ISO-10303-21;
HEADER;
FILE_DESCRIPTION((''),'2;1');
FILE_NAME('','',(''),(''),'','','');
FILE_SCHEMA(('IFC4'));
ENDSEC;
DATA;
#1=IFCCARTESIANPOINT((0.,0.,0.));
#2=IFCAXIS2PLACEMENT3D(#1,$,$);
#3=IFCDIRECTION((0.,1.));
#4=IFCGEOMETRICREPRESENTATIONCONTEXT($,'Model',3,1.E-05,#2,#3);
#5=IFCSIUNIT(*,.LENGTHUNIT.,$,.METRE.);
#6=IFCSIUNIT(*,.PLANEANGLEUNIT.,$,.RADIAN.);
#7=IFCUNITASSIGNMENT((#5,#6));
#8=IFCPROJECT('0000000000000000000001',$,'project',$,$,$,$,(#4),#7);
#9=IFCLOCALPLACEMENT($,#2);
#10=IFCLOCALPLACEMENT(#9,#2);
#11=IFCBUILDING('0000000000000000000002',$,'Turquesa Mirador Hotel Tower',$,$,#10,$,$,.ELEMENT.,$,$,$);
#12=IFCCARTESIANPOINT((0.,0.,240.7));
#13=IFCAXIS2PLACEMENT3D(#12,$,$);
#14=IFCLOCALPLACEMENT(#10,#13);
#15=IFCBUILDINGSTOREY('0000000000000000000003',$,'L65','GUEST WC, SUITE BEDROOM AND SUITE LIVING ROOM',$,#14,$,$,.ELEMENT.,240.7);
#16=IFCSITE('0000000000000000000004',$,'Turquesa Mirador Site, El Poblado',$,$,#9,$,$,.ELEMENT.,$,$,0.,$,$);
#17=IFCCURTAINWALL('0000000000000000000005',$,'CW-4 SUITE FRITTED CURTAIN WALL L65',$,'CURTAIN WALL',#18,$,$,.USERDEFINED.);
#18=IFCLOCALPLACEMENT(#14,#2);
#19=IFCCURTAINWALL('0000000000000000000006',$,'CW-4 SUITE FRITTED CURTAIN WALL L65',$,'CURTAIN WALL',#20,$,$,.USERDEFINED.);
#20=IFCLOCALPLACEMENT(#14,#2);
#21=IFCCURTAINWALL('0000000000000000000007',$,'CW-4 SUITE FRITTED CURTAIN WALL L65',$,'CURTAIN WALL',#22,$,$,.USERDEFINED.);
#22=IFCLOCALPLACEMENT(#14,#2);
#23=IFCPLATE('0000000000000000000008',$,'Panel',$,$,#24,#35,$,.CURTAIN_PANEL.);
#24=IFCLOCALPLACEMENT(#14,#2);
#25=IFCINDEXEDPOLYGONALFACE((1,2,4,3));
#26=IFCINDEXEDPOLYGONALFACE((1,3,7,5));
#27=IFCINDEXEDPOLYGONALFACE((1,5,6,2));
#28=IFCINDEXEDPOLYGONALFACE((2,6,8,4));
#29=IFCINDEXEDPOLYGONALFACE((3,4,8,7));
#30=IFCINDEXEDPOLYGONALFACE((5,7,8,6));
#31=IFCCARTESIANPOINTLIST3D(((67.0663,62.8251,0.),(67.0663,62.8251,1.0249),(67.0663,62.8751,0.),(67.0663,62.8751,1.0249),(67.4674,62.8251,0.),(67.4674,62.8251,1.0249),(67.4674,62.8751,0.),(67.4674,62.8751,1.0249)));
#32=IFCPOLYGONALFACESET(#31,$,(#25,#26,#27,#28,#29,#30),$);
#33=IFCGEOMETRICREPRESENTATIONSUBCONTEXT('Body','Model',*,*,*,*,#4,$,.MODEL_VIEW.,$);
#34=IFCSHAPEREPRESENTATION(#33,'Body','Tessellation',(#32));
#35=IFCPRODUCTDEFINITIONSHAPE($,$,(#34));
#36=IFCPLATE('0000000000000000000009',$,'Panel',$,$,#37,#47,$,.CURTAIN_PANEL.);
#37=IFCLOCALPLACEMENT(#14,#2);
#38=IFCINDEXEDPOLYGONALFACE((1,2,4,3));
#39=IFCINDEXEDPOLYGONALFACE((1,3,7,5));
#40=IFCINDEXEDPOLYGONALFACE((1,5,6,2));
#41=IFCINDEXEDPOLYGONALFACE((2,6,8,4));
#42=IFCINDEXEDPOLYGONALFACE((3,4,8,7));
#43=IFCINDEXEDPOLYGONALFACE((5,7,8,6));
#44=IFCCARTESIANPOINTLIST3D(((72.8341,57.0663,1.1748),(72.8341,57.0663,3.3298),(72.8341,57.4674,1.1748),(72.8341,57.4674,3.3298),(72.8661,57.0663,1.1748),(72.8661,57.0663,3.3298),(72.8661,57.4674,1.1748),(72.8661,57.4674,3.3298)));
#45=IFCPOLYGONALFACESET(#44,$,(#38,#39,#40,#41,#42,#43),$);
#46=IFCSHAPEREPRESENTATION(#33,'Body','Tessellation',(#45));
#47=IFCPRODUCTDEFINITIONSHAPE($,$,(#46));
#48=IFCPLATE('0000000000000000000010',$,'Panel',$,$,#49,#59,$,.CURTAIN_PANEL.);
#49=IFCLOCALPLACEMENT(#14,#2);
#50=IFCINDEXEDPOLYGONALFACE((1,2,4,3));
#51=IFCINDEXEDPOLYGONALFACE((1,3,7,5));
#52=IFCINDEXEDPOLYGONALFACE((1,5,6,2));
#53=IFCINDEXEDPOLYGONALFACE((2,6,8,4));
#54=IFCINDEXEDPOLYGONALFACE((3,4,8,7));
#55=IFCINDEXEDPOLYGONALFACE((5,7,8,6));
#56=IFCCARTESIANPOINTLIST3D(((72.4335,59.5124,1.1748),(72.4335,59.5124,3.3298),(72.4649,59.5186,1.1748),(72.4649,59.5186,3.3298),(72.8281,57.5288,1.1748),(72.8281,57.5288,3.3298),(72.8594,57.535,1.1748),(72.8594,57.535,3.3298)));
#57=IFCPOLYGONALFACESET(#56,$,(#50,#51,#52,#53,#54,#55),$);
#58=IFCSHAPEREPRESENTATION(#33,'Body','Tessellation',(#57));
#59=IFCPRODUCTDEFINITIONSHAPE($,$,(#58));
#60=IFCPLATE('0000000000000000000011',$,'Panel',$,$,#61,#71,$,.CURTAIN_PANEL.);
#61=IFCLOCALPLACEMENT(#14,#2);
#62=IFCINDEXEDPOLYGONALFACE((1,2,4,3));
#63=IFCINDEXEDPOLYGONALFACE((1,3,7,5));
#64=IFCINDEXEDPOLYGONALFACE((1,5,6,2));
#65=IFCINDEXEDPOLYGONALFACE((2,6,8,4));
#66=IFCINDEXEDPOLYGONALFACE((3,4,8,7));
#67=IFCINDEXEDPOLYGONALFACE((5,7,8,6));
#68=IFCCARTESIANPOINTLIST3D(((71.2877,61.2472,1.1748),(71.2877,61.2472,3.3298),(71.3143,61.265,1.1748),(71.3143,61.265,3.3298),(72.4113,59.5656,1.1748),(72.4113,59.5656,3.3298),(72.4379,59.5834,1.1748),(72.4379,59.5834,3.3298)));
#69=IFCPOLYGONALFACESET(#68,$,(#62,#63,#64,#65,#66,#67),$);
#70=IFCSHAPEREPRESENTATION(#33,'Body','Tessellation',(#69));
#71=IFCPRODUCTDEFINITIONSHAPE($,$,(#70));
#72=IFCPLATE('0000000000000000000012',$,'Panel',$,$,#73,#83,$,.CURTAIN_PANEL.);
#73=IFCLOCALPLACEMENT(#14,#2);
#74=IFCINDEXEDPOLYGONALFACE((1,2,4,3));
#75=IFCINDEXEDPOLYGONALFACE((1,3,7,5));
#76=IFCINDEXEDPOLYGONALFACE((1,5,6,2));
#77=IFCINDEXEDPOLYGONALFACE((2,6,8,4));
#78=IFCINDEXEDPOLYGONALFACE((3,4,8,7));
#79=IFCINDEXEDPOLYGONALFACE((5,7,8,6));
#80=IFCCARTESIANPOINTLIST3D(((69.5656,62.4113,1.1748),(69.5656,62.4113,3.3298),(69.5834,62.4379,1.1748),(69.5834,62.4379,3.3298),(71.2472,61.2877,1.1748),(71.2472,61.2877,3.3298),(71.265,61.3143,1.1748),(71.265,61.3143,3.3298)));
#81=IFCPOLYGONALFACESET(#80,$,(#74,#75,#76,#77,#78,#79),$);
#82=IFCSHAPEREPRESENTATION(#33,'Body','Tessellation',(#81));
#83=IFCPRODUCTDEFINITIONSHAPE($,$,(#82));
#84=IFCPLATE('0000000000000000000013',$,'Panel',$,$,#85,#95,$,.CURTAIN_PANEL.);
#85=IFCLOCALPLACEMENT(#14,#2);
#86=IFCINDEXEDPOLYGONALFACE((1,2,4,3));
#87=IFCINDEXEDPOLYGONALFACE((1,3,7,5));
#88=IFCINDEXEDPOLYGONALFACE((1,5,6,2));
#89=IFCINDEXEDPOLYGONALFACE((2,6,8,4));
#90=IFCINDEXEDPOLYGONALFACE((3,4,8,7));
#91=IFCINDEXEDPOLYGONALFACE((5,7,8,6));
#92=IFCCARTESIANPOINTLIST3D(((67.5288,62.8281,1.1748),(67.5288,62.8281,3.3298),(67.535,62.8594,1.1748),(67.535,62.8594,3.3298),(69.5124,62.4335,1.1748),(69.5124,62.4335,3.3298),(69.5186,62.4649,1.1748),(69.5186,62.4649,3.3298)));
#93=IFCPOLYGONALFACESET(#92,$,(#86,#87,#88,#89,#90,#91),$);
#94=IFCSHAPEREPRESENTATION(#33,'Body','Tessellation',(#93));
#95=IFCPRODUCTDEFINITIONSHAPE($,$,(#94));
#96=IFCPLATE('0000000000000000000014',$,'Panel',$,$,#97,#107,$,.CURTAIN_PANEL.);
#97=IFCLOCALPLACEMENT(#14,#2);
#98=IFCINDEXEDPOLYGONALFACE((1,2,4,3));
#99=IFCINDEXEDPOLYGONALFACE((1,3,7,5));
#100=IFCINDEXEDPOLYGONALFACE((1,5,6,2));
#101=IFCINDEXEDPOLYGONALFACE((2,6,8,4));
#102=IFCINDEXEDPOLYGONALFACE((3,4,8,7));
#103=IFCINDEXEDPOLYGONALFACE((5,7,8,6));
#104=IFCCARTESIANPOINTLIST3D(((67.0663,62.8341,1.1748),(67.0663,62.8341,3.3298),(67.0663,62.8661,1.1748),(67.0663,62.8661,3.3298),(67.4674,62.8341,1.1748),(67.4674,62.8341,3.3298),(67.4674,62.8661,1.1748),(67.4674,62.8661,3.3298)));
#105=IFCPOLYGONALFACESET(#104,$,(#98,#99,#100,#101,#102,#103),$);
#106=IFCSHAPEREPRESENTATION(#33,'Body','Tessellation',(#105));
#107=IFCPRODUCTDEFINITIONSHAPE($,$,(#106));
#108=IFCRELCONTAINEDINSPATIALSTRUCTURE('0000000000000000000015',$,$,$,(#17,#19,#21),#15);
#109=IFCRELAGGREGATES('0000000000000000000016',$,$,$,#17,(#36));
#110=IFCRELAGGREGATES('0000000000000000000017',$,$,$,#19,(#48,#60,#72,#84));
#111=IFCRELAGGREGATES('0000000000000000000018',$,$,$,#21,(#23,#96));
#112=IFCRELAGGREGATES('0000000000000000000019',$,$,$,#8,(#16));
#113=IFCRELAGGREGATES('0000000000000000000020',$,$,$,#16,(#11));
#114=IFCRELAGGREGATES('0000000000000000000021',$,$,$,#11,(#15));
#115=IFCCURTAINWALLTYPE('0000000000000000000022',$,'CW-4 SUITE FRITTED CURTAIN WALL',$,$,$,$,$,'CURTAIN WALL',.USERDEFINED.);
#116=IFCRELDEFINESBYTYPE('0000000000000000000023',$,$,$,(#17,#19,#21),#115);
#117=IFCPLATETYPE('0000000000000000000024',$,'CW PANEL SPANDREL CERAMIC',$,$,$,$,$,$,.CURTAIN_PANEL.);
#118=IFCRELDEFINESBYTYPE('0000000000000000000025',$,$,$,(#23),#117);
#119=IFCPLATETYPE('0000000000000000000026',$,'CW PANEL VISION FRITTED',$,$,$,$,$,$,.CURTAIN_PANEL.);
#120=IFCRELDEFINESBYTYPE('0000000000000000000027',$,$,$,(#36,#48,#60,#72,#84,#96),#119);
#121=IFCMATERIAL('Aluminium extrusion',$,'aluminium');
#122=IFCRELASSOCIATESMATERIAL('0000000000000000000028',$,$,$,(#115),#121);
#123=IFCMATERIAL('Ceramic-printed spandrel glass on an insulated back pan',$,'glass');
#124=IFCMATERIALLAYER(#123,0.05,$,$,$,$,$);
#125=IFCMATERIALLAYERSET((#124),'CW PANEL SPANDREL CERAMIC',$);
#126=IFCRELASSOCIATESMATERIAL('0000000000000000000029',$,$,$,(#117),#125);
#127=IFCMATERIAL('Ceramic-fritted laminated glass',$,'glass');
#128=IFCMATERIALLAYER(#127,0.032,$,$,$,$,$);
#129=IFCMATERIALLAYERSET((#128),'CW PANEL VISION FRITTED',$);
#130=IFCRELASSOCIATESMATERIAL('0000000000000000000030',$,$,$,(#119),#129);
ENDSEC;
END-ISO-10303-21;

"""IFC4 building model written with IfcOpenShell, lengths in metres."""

from ifc_helpers import new_model, si_unit, direction, frame, origin, origin_2d, place, context, subcontext, project, spatial, rectangle, extrude, material, layer, layer_set, type_object, element, aggregate, save


model = new_model("IFC4")

# Units and contexts
model_context = context("Model", 3, precision=1e-05, world=origin(), true_north=direction((0.0, 1.0)))
body_context = subcontext(model_context, "Body", "Model", "MODEL_VIEW")
ifc_project = project(units=[si_unit("LENGTHUNIT", "METRE"), si_unit("PLANEANGLEUNIT", "RADIAN")], contexts=[model_context])

# Site, building, storey
site_placement = place(None, origin())
site = spatial("IfcSite", under=ifc_project, at=site_placement, Name="Turquesa Mirador Site, El Poblado", CompositionType="ELEMENT", RefElevation=0.0)
building_placement = place(site_placement, origin())
building = spatial("IfcBuilding", under=site, at=building_placement, Name="Turquesa Mirador Hotel Tower", CompositionType="ELEMENT")
storey_placement = place(building_placement, frame((0.0, 0.0, 240.7)))
storey = spatial("IfcBuildingStorey", under=building, at=storey_placement, Name="L65", Description="GUEST WC, SUITE BEDROOM AND SUITE LIVING ROOM", CompositionType="ELEMENT", Elevation=240.7)

# Shared definitions
ifc_material_1 = material(Name="Aluminium extrusion", Category="aluminium")
curtain_wall_type = type_object("IfcCurtainWallType", Name="CW-4 SUITE FRITTED CURTAIN WALL", ElementType="CURTAIN WALL", PredefinedType="USERDEFINED", material=ifc_material_1)

# Curtain walls
curtain_wall_1_placement = place(storey_placement, origin())
curtain_wall_1 = element("IfcCurtainWall", 1, at=curtain_wall_1_placement, inside=storey, type_object=curtain_wall_type, Name="CW-4 SUITE FRITTED CURTAIN WALL L65", ObjectType="CURTAIN WALL", PredefinedType="USERDEFINED")
curtain_wall_2_placement = place(storey_placement, origin())
curtain_wall_2 = element("IfcCurtainWall", 2, at=curtain_wall_2_placement, inside=storey, type_object=curtain_wall_type, Name="CW-4 SUITE FRITTED CURTAIN WALL L65", ObjectType="CURTAIN WALL", PredefinedType="USERDEFINED")
curtain_wall_3_placement = place(storey_placement, origin())
curtain_wall_3 = element("IfcCurtainWall", 3, at=curtain_wall_3_placement, inside=storey, type_object=curtain_wall_type, Name="CW-4 SUITE FRITTED CURTAIN WALL L65", ObjectType="CURTAIN WALL", PredefinedType="USERDEFINED")

# Plates
ifc_material_2 = material(Name="Ceramic-printed spandrel glass on an insulated back pan", Category="glass")
ifc_layer_1 = layer(ifc_material_2, 0.05)
ifc_layer_set_1 = layer_set([ifc_layer_1], Name="CW PANEL SPANDREL CERAMIC")
plate_type_1 = type_object("IfcPlateType", Name="CW PANEL SPANDREL CERAMIC", PredefinedType="CURTAIN_PANEL", material=ifc_layer_set_1)
plate_1_placement = place(storey_placement, frame((67.2668, 62.8501, 0.0), z_axis=(0.0, 0.0, 1.0), x_axis=(-1.0, 0.0, 0.0)))
plate_1 = element("IfcPlate", 4, at=plate_1_placement, type_object=plate_type_1, Name="Panel", PredefinedType="CURTAIN_PANEL", context=body_context, shape_type="SweptSolid", body=[
    extrude(rectangle(XDim=0.4011, YDim=0.05, at=origin_2d()), origin(), (0.0, 0.0, 1.0), 1.0249),
])
ifc_material_3 = material(Name="Ceramic-fritted laminated glass", Category="glass")
ifc_layer_2 = layer(ifc_material_3, 0.032)
ifc_layer_set_2 = layer_set([ifc_layer_2], Name="CW PANEL VISION FRITTED")
plate_type_2 = type_object("IfcPlateType", Name="CW PANEL VISION FRITTED", PredefinedType="CURTAIN_PANEL", material=ifc_layer_set_2)
plate_2_placement = place(storey_placement, frame((72.8501, 57.2668, 1.1748), z_axis=(0.0, 0.0, 1.0), x_axis=(0.0, 1.0, 0.0)))
plate_2 = element("IfcPlate", 5, at=plate_2_placement, type_object=plate_type_2, Name="Panel", PredefinedType="CURTAIN_PANEL", context=body_context, shape_type="SweptSolid", body=[
    extrude(rectangle(XDim=0.4011, YDim=0.032, at=origin_2d()), origin(), (0.0, 0.0, 1.0), 2.155),
])
aggregate(curtain_wall_1, [plate_2])
plate_3_placement = place(storey_placement, frame((72.6465, 58.5237, 1.1748), z_axis=(0.0, 0.0, 1.0), x_axis=(-0.195091, 0.980785, 0.0)))
plate_3 = element("IfcPlate", 6, at=plate_3_placement, type_object=plate_type_2, Name="Panel", PredefinedType="CURTAIN_PANEL", context=body_context, shape_type="SweptSolid", body=[
    extrude(rectangle(XDim=2.0225, YDim=0.032, at=origin_2d()), origin(), (0.0, 0.0, 1.0), 2.155),
])
plate_4_placement = place(storey_placement, frame((71.8628, 60.4153, 1.1748), z_axis=(0.0, 0.0, 1.0), x_axis=(-0.55557, 0.83147, 0.0)))
plate_4 = element("IfcPlate", 7, at=plate_4_placement, type_object=plate_type_2, Name="Panel", PredefinedType="CURTAIN_PANEL", context=body_context, shape_type="SweptSolid", body=[
    extrude(rectangle(XDim=2.0225, YDim=0.032, at=origin_2d()), origin(), (0.0, 0.0, 1.0), 2.155),
])
plate_5_placement = place(storey_placement, frame((70.4153, 61.8628, 1.1748), z_axis=(0.0, 0.0, 1.0), x_axis=(-0.83147, 0.55557, 0.0)))
plate_5 = element("IfcPlate", 8, at=plate_5_placement, type_object=plate_type_2, Name="Panel", PredefinedType="CURTAIN_PANEL", context=body_context, shape_type="SweptSolid", body=[
    extrude(rectangle(XDim=2.0225, YDim=0.032, at=origin_2d()), origin(), (0.0, 0.0, 1.0), 2.155),
])
plate_6_placement = place(storey_placement, frame((68.5237, 62.6465, 1.1748), z_axis=(0.0, 0.0, 1.0), x_axis=(-0.980785, 0.195091, 0.0)))
plate_6 = element("IfcPlate", 9, at=plate_6_placement, type_object=plate_type_2, Name="Panel", PredefinedType="CURTAIN_PANEL", context=body_context, shape_type="SweptSolid", body=[
    extrude(rectangle(XDim=2.0225, YDim=0.032, at=origin_2d()), origin(), (0.0, 0.0, 1.0), 2.155),
])
aggregate(curtain_wall_2, [plate_3, plate_4, plate_5, plate_6])
plate_7_placement = place(storey_placement, frame((67.2668, 62.8501, 1.1748), z_axis=(0.0, 0.0, 1.0), x_axis=(-1.0, 0.0, 0.0)))
plate_7 = element("IfcPlate", 10, at=plate_7_placement, type_object=plate_type_2, Name="Panel", PredefinedType="CURTAIN_PANEL", context=body_context, shape_type="SweptSolid", body=[
    extrude(rectangle(XDim=0.4011, YDim=0.032, at=origin_2d()), origin(), (0.0, 0.0, 1.0), 2.155),
])
aggregate(curtain_wall_3, [plate_1, plate_7])

save(model, "model.ifc")
